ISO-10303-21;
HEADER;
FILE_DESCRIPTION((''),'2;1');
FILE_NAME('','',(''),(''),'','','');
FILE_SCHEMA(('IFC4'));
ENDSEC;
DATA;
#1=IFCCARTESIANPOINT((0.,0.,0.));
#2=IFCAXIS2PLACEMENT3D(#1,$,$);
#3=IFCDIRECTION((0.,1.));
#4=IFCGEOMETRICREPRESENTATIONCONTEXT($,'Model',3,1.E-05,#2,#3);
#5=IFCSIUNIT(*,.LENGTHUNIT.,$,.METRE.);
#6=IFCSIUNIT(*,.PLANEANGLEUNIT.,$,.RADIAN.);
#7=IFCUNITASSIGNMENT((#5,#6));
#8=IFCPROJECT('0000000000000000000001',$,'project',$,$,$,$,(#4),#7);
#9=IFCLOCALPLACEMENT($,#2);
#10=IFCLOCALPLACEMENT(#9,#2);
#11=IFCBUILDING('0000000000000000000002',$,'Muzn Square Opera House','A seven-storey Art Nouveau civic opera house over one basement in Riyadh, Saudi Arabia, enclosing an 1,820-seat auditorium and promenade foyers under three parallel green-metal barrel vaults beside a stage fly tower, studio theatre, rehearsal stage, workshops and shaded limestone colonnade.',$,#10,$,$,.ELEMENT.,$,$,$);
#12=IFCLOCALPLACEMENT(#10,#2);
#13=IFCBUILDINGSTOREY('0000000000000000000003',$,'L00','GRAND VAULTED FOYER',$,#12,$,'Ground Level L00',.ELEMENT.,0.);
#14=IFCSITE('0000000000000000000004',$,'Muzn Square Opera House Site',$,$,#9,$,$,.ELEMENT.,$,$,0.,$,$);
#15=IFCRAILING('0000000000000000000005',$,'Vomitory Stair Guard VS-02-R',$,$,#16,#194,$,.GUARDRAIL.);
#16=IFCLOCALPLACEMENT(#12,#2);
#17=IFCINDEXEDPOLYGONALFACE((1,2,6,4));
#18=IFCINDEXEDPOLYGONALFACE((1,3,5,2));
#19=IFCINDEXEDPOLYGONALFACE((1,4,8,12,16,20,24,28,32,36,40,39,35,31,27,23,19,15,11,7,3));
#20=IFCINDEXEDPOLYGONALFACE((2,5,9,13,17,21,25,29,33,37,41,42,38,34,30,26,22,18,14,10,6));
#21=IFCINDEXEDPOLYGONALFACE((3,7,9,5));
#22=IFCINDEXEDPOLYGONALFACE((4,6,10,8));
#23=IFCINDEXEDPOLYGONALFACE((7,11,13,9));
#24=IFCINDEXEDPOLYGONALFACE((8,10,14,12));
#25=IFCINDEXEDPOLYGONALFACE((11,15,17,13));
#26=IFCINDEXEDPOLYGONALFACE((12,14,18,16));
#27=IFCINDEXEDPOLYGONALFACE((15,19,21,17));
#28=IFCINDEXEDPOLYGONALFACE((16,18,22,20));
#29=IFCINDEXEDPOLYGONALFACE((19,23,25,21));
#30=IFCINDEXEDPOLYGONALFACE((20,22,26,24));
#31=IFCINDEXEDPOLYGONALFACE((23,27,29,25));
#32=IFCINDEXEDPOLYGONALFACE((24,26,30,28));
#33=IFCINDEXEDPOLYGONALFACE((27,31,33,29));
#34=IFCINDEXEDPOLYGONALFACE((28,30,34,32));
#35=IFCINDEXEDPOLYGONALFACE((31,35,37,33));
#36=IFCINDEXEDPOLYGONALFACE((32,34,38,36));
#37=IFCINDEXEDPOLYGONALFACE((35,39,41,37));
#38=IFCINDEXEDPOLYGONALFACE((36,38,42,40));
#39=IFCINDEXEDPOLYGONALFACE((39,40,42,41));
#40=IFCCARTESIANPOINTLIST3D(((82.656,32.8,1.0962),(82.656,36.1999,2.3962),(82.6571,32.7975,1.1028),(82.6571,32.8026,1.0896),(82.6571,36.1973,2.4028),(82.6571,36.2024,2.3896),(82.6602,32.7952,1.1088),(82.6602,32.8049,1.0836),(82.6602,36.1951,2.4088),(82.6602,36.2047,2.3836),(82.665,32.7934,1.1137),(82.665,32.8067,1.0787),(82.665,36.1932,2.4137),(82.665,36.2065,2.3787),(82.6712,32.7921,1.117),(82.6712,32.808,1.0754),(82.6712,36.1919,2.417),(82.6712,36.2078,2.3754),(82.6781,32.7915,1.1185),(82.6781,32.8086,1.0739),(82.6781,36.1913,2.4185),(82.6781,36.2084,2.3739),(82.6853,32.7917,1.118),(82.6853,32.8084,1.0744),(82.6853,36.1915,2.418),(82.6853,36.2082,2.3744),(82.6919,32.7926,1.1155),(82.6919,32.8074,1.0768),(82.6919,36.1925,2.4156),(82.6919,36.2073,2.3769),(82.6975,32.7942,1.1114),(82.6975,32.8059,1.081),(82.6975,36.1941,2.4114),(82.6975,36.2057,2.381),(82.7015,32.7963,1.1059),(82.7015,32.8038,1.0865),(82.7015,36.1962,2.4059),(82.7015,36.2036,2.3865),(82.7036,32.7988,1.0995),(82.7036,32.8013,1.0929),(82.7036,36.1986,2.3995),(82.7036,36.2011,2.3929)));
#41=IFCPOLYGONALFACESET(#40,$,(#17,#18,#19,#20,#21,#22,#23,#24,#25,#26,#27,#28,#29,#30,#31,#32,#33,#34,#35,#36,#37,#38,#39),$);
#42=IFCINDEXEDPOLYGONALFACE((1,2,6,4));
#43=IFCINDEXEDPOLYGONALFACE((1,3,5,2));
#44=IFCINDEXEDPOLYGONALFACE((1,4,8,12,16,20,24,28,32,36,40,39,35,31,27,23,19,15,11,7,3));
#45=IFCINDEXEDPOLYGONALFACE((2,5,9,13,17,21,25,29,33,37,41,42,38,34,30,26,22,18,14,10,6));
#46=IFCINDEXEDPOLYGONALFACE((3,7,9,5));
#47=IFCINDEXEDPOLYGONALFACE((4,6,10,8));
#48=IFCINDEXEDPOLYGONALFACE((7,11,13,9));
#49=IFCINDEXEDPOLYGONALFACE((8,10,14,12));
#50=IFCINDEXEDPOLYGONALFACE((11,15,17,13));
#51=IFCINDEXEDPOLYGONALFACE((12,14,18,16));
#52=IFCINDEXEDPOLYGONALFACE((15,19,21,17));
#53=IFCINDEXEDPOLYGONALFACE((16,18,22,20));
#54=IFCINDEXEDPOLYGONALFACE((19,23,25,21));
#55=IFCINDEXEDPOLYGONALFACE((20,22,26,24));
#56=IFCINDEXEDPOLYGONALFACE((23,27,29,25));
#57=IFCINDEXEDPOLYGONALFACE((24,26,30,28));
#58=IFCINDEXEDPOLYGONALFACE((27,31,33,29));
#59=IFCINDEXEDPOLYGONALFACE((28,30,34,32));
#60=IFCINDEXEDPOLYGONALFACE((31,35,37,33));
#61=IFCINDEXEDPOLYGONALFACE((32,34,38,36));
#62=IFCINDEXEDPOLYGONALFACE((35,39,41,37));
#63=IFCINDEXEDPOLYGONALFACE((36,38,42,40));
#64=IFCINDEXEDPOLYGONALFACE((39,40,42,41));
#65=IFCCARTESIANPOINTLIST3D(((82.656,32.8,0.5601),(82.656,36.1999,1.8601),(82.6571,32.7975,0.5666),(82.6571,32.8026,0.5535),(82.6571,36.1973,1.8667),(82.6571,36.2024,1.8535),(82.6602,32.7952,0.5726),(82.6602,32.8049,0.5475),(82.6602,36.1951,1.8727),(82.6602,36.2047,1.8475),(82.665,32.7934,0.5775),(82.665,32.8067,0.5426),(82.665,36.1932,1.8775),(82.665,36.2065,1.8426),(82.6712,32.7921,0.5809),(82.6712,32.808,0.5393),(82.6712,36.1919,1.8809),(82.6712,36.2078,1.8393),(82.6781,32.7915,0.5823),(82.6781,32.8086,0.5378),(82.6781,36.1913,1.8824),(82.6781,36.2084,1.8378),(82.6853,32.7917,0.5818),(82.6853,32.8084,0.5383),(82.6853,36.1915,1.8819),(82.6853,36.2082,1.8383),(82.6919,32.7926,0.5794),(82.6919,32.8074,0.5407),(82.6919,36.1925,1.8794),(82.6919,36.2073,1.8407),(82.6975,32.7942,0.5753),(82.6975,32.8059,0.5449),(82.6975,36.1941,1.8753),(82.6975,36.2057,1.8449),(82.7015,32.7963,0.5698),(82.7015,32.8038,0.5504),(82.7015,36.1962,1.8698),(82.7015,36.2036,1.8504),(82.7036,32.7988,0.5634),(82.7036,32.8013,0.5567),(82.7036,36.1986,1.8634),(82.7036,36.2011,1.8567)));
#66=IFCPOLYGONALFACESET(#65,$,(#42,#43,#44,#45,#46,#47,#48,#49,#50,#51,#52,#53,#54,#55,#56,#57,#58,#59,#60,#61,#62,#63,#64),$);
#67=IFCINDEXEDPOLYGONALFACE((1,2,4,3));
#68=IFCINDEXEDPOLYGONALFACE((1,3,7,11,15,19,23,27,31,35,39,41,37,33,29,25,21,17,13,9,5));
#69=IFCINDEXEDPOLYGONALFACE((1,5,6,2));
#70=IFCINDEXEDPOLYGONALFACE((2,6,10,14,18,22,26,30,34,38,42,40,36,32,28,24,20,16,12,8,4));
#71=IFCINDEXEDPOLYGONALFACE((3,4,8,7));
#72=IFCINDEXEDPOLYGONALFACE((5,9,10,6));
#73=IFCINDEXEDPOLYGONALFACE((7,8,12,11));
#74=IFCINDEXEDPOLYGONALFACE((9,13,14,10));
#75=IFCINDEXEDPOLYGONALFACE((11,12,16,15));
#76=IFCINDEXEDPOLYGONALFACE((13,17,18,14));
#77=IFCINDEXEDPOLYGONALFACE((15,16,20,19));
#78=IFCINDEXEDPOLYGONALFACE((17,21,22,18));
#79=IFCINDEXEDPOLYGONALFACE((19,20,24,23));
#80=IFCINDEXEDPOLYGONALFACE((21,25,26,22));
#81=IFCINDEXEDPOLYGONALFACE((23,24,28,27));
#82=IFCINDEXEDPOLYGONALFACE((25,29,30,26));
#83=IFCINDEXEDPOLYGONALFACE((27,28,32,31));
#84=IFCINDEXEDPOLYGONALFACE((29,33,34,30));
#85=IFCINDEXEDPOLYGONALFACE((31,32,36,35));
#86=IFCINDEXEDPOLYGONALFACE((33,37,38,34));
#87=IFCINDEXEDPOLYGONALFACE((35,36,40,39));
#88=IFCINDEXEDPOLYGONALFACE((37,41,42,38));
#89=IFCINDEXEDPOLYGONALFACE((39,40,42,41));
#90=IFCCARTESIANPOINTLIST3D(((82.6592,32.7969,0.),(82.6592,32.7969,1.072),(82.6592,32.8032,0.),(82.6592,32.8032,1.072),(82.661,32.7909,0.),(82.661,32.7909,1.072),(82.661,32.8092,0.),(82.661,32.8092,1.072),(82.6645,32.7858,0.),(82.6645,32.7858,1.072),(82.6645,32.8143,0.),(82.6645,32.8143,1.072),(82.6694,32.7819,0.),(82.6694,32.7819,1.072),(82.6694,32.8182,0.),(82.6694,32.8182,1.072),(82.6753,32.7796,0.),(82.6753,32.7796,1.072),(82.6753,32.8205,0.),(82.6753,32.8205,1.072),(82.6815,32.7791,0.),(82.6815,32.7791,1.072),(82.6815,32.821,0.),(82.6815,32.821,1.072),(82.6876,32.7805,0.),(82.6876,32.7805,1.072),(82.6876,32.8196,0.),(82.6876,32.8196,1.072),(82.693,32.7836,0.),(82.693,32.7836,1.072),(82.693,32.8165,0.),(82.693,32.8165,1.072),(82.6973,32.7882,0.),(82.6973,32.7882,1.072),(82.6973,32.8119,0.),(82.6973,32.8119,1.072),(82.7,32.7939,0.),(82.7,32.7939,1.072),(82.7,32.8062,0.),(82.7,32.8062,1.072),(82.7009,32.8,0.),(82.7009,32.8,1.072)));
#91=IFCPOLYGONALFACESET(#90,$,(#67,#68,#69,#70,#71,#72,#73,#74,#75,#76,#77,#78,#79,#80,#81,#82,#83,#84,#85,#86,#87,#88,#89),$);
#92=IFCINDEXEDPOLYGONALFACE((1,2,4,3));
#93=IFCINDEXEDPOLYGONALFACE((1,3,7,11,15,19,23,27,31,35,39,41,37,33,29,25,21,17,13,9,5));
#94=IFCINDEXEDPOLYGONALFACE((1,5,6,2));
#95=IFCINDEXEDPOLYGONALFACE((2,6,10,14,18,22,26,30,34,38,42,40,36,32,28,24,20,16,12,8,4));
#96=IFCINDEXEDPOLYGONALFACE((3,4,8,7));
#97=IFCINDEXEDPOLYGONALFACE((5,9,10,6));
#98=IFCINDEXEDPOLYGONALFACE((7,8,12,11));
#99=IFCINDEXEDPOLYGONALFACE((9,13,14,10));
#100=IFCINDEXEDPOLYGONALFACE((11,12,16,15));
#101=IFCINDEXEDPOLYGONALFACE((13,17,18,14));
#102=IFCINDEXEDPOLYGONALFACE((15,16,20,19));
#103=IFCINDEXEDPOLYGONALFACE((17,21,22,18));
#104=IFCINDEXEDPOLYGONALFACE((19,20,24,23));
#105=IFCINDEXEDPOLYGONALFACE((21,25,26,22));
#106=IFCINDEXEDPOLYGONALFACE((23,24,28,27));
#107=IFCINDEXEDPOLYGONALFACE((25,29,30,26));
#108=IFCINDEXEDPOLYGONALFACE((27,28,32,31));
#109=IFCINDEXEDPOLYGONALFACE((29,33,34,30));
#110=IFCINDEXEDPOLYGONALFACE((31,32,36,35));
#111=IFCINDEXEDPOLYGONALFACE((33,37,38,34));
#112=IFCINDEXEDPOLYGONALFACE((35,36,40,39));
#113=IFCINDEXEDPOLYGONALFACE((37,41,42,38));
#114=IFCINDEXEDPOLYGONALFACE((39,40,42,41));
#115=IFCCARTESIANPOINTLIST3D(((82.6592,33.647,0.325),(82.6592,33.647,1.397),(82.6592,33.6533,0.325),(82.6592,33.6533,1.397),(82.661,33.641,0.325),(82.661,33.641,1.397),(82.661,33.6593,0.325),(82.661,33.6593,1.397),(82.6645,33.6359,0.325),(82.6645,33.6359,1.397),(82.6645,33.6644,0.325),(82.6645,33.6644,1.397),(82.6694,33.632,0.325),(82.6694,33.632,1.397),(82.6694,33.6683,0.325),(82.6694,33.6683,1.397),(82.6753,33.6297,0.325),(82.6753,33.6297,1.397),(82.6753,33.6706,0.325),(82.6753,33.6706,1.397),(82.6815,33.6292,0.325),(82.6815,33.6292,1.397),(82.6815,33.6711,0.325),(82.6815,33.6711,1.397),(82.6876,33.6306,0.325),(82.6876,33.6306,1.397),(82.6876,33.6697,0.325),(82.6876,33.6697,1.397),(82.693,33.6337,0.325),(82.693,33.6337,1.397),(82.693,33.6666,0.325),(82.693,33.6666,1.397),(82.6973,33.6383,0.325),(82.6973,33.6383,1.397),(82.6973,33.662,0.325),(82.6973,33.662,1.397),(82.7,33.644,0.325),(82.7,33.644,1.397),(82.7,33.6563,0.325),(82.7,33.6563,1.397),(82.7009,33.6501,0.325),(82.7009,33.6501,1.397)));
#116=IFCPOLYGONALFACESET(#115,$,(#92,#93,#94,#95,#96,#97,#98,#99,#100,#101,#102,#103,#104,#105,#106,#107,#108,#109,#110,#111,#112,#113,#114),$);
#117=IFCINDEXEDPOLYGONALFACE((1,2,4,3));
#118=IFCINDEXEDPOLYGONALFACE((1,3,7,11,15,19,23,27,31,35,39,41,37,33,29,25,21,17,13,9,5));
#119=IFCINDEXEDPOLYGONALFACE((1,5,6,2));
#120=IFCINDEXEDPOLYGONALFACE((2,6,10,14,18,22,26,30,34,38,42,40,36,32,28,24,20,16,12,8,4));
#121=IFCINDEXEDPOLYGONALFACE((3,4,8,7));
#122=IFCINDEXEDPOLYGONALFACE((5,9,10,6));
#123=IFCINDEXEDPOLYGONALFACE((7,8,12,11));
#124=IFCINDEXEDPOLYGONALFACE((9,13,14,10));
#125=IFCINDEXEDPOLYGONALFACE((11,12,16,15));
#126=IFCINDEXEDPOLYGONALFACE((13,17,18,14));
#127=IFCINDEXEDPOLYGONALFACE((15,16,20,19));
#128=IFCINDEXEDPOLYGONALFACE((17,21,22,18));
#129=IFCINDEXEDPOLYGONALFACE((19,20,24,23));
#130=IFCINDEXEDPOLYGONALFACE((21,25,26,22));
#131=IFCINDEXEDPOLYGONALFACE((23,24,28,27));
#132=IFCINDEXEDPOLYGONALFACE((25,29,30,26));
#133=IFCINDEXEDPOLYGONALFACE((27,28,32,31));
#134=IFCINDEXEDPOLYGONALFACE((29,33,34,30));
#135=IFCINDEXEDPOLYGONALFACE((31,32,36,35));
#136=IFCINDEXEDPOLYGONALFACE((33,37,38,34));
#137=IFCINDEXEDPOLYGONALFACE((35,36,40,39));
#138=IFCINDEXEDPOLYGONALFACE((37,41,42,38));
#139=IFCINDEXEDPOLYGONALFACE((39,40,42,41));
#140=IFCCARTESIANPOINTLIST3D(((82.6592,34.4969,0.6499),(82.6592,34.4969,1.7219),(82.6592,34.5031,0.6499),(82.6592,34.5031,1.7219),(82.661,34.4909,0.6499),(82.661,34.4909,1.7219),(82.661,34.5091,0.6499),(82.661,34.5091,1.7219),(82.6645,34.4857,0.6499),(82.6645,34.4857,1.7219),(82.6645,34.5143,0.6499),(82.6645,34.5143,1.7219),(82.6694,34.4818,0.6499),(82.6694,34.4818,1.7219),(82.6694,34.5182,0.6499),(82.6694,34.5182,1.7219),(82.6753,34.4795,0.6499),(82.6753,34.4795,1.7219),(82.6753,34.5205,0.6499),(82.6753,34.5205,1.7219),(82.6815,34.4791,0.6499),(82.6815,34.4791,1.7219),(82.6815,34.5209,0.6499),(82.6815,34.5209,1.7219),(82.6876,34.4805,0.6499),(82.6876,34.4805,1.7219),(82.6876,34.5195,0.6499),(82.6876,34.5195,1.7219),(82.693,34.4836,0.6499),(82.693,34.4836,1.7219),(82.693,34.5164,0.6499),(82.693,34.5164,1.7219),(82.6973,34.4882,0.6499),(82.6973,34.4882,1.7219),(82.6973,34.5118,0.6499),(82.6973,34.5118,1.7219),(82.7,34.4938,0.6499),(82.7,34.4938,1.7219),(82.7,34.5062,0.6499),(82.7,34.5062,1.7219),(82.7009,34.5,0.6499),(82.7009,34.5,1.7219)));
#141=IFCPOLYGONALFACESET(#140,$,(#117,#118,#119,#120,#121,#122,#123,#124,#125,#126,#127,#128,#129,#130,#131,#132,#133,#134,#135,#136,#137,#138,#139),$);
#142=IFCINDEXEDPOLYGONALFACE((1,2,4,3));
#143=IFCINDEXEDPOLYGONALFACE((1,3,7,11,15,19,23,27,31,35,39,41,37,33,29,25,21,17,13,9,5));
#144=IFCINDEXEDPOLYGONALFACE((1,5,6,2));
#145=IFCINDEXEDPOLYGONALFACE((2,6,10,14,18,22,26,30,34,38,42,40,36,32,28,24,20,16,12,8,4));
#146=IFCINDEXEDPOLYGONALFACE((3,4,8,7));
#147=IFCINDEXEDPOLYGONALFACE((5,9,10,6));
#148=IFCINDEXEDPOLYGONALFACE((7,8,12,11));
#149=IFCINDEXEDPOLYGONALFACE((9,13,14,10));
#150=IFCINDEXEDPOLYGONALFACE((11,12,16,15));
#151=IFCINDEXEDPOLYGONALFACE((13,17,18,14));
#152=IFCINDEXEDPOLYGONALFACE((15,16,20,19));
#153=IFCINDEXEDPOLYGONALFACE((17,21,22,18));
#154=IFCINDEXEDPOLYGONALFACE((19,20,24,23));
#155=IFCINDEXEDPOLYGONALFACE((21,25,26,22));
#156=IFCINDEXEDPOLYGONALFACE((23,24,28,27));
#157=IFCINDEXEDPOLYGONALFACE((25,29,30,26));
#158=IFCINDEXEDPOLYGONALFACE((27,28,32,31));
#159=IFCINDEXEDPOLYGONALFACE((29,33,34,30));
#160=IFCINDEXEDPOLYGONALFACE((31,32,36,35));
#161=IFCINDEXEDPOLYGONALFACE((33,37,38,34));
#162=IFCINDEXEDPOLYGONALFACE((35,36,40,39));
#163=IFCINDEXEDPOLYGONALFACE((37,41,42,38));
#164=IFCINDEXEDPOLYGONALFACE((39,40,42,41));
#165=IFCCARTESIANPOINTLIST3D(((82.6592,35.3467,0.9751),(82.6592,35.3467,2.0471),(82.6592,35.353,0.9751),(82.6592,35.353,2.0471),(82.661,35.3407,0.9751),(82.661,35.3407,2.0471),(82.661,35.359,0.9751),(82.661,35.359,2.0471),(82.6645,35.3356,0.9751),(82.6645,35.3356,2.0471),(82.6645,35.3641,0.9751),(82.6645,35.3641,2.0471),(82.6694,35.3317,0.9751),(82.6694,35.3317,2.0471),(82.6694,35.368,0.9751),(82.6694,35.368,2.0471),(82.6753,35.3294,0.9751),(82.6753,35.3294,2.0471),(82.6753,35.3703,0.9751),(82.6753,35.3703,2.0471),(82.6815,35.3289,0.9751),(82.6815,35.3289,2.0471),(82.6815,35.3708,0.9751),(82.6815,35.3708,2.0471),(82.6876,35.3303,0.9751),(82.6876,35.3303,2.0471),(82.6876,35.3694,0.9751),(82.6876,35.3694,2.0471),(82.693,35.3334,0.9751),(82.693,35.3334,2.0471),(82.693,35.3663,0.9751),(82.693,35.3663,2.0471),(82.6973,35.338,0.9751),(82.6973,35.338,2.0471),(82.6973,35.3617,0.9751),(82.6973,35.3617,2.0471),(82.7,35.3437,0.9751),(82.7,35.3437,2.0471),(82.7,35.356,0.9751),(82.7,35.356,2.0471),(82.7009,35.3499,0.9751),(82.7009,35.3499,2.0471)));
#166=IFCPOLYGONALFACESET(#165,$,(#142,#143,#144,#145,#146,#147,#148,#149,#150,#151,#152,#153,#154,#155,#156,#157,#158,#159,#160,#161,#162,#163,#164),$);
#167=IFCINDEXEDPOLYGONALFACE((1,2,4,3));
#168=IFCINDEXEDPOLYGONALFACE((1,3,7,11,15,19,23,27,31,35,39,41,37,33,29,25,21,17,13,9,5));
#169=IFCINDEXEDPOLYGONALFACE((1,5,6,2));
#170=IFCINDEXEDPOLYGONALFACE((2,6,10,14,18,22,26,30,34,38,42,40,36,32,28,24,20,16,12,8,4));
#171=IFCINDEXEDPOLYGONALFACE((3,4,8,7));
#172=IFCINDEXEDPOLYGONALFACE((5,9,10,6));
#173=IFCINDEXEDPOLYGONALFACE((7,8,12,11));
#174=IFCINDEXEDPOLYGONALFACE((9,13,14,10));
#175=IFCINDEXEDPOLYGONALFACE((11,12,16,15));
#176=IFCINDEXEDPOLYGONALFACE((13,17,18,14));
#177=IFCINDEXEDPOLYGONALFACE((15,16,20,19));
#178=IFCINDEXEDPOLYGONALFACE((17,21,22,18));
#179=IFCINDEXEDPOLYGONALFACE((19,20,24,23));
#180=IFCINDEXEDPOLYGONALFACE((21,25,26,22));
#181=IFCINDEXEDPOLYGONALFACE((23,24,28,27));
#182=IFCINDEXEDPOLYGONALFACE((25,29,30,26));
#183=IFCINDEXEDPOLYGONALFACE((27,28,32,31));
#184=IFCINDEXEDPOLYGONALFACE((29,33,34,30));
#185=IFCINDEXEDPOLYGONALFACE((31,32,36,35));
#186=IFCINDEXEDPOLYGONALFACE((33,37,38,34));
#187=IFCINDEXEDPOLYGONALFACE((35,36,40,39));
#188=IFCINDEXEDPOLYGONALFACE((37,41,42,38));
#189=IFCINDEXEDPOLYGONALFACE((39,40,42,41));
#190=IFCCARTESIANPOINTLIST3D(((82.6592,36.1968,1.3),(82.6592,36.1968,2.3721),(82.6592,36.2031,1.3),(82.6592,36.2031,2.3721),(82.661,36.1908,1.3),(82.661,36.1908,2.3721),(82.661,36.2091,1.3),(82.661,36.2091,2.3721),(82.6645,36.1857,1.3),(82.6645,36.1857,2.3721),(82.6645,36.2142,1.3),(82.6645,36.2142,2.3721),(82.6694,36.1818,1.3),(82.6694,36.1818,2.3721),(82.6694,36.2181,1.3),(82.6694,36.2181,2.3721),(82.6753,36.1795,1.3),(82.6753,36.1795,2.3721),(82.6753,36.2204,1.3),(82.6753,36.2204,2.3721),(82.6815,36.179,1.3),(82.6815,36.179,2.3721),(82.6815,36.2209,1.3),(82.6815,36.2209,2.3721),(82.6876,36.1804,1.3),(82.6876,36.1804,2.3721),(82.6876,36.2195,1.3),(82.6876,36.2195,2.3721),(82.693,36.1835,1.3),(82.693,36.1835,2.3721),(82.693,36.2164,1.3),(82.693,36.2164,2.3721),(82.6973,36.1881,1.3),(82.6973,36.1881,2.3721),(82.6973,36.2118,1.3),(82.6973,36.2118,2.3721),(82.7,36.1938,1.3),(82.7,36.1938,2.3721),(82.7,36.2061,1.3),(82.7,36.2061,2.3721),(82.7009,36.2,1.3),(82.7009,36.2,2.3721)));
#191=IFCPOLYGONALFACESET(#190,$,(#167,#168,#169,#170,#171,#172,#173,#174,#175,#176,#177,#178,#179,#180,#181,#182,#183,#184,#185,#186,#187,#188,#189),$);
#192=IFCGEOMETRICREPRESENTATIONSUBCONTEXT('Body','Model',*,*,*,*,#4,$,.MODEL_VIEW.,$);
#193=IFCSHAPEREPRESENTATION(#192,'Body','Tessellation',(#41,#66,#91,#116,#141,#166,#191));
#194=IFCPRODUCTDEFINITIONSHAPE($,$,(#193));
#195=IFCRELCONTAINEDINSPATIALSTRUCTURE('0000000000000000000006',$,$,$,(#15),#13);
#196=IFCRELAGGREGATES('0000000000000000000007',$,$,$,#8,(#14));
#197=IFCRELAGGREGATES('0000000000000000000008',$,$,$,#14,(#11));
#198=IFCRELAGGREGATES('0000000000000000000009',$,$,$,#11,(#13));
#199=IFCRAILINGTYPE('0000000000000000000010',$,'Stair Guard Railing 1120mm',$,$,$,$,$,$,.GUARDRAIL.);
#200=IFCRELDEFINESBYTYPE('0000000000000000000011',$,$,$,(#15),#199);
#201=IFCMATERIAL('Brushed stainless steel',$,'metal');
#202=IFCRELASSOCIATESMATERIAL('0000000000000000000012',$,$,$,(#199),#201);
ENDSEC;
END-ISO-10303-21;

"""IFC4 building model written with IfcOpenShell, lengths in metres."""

from ifc_helpers import new_model, si_unit, direction, frame, origin, origin_2d, place, context, subcontext, project, spatial, circle, extrude, material, type_object, element, save


model = new_model("IFC4")

# Units and contexts
model_context = context("Model", 3, precision=1e-05, world=origin(), true_north=direction((0.0, 1.0)))
body_context = subcontext(model_context, "Body", "Model", "MODEL_VIEW")
ifc_project = project(units=[si_unit("LENGTHUNIT", "METRE"), si_unit("PLANEANGLEUNIT", "RADIAN")], contexts=[model_context])

# Site, building, storey
site_placement = place(None, origin())
site = spatial("IfcSite", under=ifc_project, at=site_placement, Name="Muzn Square Opera House Site", CompositionType="ELEMENT", RefElevation=0.0)
building_placement = place(site_placement, origin())
building = spatial("IfcBuilding", under=site, at=building_placement, Name="Muzn Square Opera House", Description="A seven-storey Art Nouveau civic opera house over one basement in Riyadh, Saudi Arabia, enclosing an 1,820-seat auditorium and promenade foyers under three parallel green-metal barrel vaults beside a stage fly tower, studio theatre, rehearsal stage, workshops and shaded limestone colonnade.", CompositionType="ELEMENT")
storey_placement = place(building_placement, origin())
storey = spatial("IfcBuildingStorey", under=building, at=storey_placement, Name="L00", Description="GRAND VAULTED FOYER", LongName="Ground Level L00", CompositionType="ELEMENT", Elevation=0.0)

# Railing
ifc_material_1 = material(Name="Brushed stainless steel", Category="metal")
railing_type_1 = type_object("IfcRailingType", Name="Stair Guard Railing 1120mm", PredefinedType="GUARDRAIL", material=ifc_material_1)
for number, where, name in (
    (1, (82.6799, 32.8, 0.0), "Vomitory Stair Guard VS-02-R"),
):
    element("IfcRailing", number, at=place(storey_placement, frame(where)), inside=storey, type_object=railing_type_1, Name=name, PredefinedType="GUARDRAIL", context=body_context, shape_type="SweptSolid", body=[
        extrude(circle(Radius=0.0239, at=origin_2d()), frame((0.0, 0.0, 1.0962), z_axis=(0.0, 0.934044, 0.357158), x_axis=(-1.0, 0.0, 0.0)), (0.0, 0.0, 1.0), 3.6399),
        extrude(circle(Radius=0.0239, at=origin_2d()), frame((0.0, 0.0, 0.5601), z_axis=(0.0, 0.934044, 0.357158), x_axis=(-1.0, 0.0, 0.0)), (0.0, 0.0, 1.0), 3.6399),
        extrude(circle(Radius=0.021, at=origin_2d()), origin(), (0.0, 0.0, 1.0), 1.072),
        extrude(circle(Radius=0.021, at=origin_2d()), frame((0.0, 0.8501, 0.325)), (0.0, 0.0, 1.0), 1.072),
        extrude(circle(Radius=0.021, at=origin_2d()), frame((0.0, 1.7, 0.6499)), (0.0, 0.0, 1.0), 1.072),
        extrude(circle(Radius=0.021, at=origin_2d()), frame((0.0, 2.5498, 0.9751)), (0.0, 0.0, 1.0), 1.072),
        extrude(circle(Radius=0.021, at=origin_2d()), frame((0.0, 3.3999, 1.3)), (0.0, 0.0, 1.0), 1.072),
    ])

save(model, "model.ifc")
